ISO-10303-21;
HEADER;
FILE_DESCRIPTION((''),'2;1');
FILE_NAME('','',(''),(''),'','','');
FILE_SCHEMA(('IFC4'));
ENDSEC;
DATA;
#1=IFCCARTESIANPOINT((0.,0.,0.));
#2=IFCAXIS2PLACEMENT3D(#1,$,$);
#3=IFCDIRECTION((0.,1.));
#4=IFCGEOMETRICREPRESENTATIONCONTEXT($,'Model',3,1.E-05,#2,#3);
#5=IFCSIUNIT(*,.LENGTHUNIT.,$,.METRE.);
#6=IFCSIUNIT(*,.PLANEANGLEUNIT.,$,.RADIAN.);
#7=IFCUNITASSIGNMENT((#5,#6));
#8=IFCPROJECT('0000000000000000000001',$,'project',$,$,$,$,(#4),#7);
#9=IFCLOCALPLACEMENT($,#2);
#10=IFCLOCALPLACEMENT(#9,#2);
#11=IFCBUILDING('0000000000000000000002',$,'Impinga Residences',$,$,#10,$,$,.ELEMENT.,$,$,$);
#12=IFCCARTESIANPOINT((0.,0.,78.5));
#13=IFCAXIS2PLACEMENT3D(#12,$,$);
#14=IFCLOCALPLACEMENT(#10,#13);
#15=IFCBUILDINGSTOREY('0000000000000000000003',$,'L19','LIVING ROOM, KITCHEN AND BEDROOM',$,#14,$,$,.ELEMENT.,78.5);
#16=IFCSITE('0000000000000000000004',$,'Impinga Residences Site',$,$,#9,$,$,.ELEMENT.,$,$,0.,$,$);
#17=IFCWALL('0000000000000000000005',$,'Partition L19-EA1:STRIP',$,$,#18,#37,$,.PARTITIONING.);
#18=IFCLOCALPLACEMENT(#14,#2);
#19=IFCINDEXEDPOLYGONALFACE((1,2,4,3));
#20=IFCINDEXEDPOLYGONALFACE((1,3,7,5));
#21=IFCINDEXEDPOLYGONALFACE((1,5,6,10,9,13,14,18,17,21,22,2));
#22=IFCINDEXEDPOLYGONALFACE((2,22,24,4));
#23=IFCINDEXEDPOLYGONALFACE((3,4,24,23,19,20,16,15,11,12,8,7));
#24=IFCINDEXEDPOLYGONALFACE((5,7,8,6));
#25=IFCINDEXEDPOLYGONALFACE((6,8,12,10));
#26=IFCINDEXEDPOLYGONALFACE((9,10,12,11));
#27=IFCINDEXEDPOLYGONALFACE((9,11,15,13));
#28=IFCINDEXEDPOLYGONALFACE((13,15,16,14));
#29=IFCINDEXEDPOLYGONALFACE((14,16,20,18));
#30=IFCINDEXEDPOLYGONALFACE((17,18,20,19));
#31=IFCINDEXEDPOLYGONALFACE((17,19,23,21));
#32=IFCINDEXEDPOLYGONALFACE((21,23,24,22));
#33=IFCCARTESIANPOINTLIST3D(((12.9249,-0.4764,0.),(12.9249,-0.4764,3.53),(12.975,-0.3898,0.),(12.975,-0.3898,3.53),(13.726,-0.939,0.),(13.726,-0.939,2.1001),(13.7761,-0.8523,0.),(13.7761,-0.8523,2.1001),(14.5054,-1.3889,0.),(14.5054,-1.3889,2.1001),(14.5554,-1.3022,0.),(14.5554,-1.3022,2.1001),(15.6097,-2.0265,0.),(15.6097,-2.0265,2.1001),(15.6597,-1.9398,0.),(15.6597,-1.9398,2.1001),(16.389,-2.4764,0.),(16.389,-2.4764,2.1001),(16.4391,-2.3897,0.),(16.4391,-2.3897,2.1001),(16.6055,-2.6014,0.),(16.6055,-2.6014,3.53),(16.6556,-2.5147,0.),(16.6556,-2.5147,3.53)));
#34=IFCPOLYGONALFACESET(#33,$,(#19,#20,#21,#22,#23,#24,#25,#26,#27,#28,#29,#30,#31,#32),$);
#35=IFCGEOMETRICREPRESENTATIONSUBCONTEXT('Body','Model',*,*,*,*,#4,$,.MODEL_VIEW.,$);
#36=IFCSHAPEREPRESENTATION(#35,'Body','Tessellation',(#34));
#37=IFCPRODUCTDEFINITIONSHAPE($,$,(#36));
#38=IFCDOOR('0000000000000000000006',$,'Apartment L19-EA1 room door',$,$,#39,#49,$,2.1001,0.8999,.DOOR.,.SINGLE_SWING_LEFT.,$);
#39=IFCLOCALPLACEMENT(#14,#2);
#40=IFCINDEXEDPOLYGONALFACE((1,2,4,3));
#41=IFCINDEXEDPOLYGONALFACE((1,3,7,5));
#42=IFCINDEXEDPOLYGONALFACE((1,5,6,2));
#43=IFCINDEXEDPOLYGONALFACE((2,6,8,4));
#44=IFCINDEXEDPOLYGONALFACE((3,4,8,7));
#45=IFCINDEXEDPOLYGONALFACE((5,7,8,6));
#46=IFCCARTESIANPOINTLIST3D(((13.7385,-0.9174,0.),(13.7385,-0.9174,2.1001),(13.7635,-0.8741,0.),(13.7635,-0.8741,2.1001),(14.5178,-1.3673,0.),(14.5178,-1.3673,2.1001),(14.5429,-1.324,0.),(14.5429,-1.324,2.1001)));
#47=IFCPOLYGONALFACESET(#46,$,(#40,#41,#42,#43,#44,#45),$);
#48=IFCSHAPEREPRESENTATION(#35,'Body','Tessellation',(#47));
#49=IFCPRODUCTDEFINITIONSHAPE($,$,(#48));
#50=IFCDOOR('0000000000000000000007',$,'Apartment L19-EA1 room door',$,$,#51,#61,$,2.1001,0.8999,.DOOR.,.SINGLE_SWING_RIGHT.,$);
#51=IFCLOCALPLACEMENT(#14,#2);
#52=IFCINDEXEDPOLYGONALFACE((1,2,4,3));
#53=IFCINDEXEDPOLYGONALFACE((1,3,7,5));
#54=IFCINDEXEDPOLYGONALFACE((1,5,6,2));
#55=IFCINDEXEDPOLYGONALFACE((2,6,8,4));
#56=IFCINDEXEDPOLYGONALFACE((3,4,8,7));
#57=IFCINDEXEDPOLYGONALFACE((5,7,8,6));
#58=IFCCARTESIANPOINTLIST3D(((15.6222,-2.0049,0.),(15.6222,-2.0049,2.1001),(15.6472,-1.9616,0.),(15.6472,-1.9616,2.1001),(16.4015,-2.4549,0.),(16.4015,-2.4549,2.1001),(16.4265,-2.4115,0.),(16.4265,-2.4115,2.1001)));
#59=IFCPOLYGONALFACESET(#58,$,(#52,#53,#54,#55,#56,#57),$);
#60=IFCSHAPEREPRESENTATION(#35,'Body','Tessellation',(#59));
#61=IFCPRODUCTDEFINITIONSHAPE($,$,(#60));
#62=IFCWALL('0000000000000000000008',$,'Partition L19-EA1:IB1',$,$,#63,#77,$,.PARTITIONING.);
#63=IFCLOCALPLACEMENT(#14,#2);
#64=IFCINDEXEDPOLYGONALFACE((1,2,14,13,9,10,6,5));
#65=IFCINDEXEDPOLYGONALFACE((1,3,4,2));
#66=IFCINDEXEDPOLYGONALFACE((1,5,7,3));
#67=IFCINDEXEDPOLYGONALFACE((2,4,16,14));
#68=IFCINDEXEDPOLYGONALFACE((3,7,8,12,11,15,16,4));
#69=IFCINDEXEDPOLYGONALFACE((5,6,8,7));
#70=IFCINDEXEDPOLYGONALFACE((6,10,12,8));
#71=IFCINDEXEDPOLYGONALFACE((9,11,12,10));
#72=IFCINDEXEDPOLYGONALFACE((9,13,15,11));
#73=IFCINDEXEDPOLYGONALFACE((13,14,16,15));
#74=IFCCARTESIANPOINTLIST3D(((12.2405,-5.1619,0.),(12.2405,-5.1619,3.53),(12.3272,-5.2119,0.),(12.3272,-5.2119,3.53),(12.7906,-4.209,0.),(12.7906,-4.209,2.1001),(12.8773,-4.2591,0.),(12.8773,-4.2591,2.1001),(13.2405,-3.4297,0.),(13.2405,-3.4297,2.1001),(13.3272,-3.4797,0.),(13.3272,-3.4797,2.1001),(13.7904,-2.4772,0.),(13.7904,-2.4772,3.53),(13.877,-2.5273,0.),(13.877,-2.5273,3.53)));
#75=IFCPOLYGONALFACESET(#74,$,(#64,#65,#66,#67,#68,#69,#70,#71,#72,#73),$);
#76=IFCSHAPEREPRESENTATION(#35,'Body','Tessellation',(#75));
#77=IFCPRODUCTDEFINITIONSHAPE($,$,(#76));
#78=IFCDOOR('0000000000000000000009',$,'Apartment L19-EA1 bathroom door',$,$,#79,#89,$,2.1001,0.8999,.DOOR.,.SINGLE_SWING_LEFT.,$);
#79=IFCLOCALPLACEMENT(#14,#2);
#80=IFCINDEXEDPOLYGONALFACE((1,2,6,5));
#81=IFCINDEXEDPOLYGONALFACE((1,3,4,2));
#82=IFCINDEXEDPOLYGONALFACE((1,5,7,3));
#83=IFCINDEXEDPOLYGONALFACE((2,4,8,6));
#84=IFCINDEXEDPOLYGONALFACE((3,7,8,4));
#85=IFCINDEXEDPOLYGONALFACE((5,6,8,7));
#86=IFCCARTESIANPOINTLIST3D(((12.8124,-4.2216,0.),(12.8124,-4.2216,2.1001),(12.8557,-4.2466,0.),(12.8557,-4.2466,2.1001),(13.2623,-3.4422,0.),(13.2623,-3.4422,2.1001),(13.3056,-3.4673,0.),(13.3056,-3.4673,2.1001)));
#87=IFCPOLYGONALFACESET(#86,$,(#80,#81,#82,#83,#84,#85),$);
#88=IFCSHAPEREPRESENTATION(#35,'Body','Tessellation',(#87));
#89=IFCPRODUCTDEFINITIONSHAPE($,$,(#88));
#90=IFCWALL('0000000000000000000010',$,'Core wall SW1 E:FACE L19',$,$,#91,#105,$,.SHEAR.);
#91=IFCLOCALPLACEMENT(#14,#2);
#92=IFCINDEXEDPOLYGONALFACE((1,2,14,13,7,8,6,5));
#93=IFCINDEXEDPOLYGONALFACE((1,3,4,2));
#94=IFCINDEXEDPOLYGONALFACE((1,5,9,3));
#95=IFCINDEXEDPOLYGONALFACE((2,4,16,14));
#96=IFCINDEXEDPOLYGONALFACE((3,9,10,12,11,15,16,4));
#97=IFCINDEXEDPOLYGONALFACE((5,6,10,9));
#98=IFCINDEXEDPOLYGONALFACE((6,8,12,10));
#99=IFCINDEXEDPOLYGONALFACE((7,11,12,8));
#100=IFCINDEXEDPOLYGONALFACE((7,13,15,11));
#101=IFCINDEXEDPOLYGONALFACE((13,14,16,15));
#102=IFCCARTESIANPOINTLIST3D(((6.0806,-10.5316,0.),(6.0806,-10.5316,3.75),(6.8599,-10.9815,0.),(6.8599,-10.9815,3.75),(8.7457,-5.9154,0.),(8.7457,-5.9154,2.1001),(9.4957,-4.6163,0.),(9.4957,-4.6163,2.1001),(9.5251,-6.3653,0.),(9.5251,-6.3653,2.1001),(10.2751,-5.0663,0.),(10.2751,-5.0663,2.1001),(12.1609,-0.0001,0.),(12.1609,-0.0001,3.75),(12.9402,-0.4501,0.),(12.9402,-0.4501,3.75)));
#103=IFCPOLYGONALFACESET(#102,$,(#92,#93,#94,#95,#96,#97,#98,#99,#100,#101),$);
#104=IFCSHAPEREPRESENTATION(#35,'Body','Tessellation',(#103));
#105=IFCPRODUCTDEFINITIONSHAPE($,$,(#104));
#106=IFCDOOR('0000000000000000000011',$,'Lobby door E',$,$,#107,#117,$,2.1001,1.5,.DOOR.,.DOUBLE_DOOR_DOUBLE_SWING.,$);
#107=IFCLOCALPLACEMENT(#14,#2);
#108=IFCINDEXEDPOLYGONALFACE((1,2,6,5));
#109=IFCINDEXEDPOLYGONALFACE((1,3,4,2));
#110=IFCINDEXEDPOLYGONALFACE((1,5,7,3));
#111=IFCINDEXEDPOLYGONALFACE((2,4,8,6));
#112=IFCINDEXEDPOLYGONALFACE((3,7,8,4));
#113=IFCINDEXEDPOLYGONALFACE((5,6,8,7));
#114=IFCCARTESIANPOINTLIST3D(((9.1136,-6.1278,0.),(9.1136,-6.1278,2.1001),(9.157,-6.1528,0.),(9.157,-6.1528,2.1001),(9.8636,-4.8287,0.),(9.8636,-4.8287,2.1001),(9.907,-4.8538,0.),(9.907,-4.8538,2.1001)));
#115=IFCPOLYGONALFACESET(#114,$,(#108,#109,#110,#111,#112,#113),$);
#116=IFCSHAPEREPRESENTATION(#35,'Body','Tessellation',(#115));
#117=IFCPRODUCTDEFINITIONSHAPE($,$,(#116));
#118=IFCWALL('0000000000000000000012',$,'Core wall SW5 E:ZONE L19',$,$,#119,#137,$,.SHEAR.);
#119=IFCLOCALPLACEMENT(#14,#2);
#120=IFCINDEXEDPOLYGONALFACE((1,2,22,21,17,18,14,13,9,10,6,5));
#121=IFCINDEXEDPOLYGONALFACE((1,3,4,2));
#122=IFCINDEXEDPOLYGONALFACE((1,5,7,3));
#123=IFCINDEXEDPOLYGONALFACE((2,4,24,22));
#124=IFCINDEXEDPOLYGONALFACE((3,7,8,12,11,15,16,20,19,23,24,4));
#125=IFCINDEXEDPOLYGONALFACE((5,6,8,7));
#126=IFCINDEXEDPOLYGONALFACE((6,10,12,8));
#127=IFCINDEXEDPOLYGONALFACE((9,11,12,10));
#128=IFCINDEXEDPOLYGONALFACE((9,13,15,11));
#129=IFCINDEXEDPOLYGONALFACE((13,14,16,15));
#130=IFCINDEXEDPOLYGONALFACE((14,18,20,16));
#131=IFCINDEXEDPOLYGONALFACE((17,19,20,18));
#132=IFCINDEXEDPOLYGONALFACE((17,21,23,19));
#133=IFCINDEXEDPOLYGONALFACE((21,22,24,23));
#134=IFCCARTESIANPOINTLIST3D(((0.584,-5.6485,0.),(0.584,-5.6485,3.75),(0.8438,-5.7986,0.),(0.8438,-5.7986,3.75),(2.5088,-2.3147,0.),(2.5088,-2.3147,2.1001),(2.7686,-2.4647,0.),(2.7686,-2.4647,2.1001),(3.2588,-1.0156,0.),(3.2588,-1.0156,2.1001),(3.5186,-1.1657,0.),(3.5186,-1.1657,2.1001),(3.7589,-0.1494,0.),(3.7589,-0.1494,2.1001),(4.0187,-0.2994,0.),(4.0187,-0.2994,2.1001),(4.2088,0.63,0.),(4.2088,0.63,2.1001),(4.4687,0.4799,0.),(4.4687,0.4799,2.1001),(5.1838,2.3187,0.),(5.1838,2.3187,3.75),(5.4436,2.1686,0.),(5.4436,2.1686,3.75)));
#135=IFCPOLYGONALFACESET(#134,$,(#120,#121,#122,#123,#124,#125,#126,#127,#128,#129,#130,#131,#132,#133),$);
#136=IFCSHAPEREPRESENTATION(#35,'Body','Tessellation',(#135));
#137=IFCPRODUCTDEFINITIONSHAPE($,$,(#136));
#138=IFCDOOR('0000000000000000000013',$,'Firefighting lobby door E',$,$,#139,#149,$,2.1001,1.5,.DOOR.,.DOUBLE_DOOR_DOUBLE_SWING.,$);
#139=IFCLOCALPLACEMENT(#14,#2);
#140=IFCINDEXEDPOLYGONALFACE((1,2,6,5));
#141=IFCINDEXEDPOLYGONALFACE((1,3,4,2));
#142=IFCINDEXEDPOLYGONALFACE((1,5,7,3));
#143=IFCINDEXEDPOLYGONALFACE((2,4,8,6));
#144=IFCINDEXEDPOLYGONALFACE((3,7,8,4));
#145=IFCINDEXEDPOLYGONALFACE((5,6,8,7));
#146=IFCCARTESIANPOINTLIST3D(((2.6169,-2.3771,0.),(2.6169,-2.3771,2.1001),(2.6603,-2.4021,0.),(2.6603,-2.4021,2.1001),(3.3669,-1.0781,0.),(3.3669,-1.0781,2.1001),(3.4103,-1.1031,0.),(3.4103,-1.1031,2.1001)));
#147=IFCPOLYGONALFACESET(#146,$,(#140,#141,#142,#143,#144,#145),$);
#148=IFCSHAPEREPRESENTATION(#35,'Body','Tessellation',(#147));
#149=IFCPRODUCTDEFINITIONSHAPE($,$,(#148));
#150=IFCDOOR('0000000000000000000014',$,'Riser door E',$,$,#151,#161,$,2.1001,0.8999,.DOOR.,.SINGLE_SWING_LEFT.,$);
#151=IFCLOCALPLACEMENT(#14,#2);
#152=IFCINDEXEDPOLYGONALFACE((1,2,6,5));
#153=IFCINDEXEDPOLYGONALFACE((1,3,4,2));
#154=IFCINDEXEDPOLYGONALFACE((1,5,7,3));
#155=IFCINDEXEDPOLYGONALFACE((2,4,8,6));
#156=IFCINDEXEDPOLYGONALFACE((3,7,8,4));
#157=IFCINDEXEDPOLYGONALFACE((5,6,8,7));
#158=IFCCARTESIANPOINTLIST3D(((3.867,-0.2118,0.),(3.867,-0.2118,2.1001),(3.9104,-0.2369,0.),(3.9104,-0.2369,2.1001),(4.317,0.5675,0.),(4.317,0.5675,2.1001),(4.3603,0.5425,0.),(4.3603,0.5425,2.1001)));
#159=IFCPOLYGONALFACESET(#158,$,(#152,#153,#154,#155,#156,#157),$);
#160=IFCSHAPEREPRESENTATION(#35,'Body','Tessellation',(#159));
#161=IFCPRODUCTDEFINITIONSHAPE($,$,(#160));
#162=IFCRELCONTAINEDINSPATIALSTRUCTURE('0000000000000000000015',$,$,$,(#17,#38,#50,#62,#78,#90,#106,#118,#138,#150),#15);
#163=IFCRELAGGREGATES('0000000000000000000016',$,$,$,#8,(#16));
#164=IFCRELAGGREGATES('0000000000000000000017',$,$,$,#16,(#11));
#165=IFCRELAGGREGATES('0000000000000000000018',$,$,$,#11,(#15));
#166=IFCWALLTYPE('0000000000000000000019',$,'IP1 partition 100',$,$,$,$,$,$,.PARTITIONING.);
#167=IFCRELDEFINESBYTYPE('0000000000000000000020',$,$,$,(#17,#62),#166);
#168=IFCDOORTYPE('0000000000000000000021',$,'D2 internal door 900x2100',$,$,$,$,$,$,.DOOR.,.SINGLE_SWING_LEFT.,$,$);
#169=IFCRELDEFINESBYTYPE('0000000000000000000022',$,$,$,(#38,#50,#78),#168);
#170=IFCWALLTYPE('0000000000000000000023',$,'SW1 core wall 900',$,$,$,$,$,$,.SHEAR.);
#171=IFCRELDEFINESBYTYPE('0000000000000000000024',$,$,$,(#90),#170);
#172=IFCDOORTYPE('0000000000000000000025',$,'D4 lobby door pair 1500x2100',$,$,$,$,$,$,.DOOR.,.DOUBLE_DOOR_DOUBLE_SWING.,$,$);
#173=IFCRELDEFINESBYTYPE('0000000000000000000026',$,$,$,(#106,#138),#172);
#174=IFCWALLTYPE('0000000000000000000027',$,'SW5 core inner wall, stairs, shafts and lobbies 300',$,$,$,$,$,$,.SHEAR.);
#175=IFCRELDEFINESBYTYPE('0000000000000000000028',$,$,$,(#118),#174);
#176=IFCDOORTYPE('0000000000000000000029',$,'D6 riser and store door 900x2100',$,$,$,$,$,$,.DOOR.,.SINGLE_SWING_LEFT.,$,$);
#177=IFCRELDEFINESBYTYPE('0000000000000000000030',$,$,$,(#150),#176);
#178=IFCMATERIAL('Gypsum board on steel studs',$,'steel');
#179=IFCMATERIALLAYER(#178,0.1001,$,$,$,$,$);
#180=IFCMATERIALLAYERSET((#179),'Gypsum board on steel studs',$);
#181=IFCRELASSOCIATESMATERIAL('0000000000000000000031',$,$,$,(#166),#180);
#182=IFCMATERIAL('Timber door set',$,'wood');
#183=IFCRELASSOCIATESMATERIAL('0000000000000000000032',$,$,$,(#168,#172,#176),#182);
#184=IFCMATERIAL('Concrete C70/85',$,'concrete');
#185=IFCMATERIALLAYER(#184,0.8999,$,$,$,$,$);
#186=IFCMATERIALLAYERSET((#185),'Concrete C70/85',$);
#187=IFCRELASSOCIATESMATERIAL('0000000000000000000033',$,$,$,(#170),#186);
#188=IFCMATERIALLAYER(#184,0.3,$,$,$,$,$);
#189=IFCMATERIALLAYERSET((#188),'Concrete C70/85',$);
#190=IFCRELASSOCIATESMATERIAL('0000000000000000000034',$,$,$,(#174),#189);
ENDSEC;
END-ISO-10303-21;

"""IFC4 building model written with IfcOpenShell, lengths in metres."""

from ifc_helpers import new_model, si_unit, direction, frame, frame_2d, origin, place, context, subcontext, project, spatial, rectangle, extrude, material, layer, layer_set, type_object, element, fill, save


model = new_model("IFC4")

# Units and contexts
model_context = context("Model", 3, precision=1e-05, world=origin(), true_north=direction((0.0, 1.0)))
body_context = subcontext(model_context, "Body", "Model", "MODEL_VIEW")
ifc_project = project(units=[si_unit("LENGTHUNIT", "METRE"), si_unit("PLANEANGLEUNIT", "RADIAN")], contexts=[model_context])

# Site, building, storey
site_placement = place(None, origin())
site = spatial("IfcSite", under=ifc_project, at=site_placement, Name="Impinga Residences Site", CompositionType="ELEMENT", RefElevation=0.0)
building_placement = place(site_placement, origin())
building = spatial("IfcBuilding", under=site, at=building_placement, Name="Impinga Residences", CompositionType="ELEMENT")
storey_placement = place(building_placement, frame((0.0, 0.0, 78.5)))
storey = spatial("IfcBuildingStorey", under=building, at=storey_placement, Name="L19", Description="LIVING ROOM, KITCHEN AND BEDROOM", CompositionType="ELEMENT", Elevation=78.5)

# Shared definitions
ifc_material_1 = material(Name="Concrete C70/85", Category="concrete")
ifc_material_2 = material(Name="Timber door set", Category="wood")

# Shared definitions
ifc_material_3 = material(Name="Gypsum board on steel studs", Category="steel")
ifc_layer_1 = layer(ifc_material_3, 0.1001)
ifc_layer_set_1 = layer_set([ifc_layer_1], Name="Gypsum board on steel studs")
wall_type_1 = type_object("IfcWallType", Name="IP1 partition 100", PredefinedType="PARTITIONING", material=ifc_layer_set_1)

# Wall, openings, doors
wall_1_placement = place(storey_placement, frame((12.95, -0.4331, 0.0), z_axis=(0.0, 0.0, 1.0), x_axis=(0.866029, -0.499994, 0.0)))
wall_1 = element("IfcWall", 1, at=wall_1_placement, inside=storey, type_object=wall_type_1, Name="Partition L19-EA1:STRIP", PredefinedType="PARTITIONING", context=body_context, shape_type="SweptSolid", body=[
    extrude(rectangle(XDim=4.25, YDim=0.1001, at=frame_2d((2.125, 0.0))), origin(), (0.0, 0.0, 1.0), 3.53),
])
opening_1_placement = place(wall_1_placement, frame((0.925, 0.0, 0.0)))
opening_1 = element("IfcOpeningElement", 2, at=opening_1_placement, cuts=wall_1, PredefinedType="OPENING", context=body_context, shape_type="SweptSolid", body=[
    extrude(rectangle(XDim=0.8999, YDim=2.1001, at=frame_2d((0.45, 1.05))), frame((0.0, 0.0601, 0.0), z_axis=(0.0, -1.0, 0.0), x_axis=(1.0, 0.0, 0.0)), (0.0, 0.0, 1.0), 0.1201),
])
opening_2_placement = place(wall_1_placement, frame((3.1001, 0.0, 0.0)))
opening_2 = element("IfcOpeningElement", 3, at=opening_2_placement, cuts=wall_1, PredefinedType="OPENING", context=body_context, shape_type="SweptSolid", body=[
    extrude(rectangle(XDim=0.8999, YDim=2.1001, at=frame_2d((0.45, 1.05))), frame((0.0, 0.0601, 0.0), z_axis=(0.0, -1.0, 0.0), x_axis=(1.0, 0.0, 0.0)), (0.0, 0.0, 1.0), 0.1201),
])
door_type_1 = type_object("IfcDoorType", Name="D2 internal door 900x2100", OperationType="SINGLE_SWING_LEFT", PredefinedType="DOOR", material=ifc_material_2)
door_1_placement = place(opening_1_placement, origin())
door_1 = element("IfcDoor", 4, at=door_1_placement, inside=storey, type_object=door_type_1, Name="Apartment L19-EA1 room door", OperationType="SINGLE_SWING_LEFT", OverallHeight=2.1001, OverallWidth=0.8999, PredefinedType="DOOR", context=body_context, shape_type="SweptSolid", body=[
    extrude(rectangle(XDim=0.8999, YDim=2.1001, at=frame_2d((0.45, 1.05))), frame((0.0, 0.0249, 0.0), z_axis=(0.0, -1.0, 0.0), x_axis=(1.0, 0.0, 0.0)), (0.0, 0.0, 1.0), 0.05),
])
fill(opening_1, door_1)
door_2_placement = place(opening_2_placement, origin())
door_2 = element("IfcDoor", 5, at=door_2_placement, inside=storey, type_object=door_type_1, Name="Apartment L19-EA1 room door", OperationType="SINGLE_SWING_RIGHT", OverallHeight=2.1001, OverallWidth=0.8999, PredefinedType="DOOR", context=body_context, shape_type="SweptSolid", body=[
    extrude(rectangle(XDim=0.8999, YDim=2.1001, at=frame_2d((0.45, 1.05))), frame((0.0, 0.0249, 0.0), z_axis=(0.0, -1.0, 0.0), x_axis=(1.0, 0.0, 0.0)), (0.0, 0.0, 1.0), 0.05),
])
fill(opening_2, door_2)

# Walls, openings, doors
wall_2_placement = place(storey_placement, frame((12.2839, -5.1868, 0.0), z_axis=(0.0, 0.0, 1.0), x_axis=(0.499968, 0.866044, 0.0)))
wall_2 = element("IfcWall", 6, at=wall_2_placement, inside=storey, type_object=wall_type_1, Name="Partition L19-EA1:IB1", PredefinedType="PARTITIONING", context=body_context, shape_type="SweptSolid", body=[
    extrude(rectangle(XDim=3.0999, YDim=0.1001, at=frame_2d((1.5498, 0.0))), origin(), (0.0, 0.0, 1.0), 3.53),
])
opening_3_placement = place(wall_2_placement, frame((1.1001, 0.0, 0.0)))
opening_3 = element("IfcOpeningElement", 7, at=opening_3_placement, cuts=wall_2, PredefinedType="OPENING", context=body_context, shape_type="SweptSolid", body=[
    extrude(rectangle(XDim=0.8999, YDim=2.1001, at=frame_2d((0.45, 1.05))), frame((0.0, 0.0601, 0.0), z_axis=(0.0, -1.0, 0.0), x_axis=(1.0, 0.0, 0.0)), (0.0, 0.0, 1.0), 0.1201),
])
door_3_placement = place(opening_3_placement, origin())
door_3 = element("IfcDoor", 8, at=door_3_placement, inside=storey, type_object=door_type_1, Name="Apartment L19-EA1 bathroom door", OperationType="SINGLE_SWING_LEFT", OverallHeight=2.1001, OverallWidth=0.8999, PredefinedType="DOOR", context=body_context, shape_type="SweptSolid", body=[
    extrude(rectangle(XDim=0.8999, YDim=2.1001, at=frame_2d((0.45, 1.05))), frame((0.0, 0.0249, 0.0), z_axis=(0.0, -1.0, 0.0), x_axis=(1.0, 0.0, 0.0)), (0.0, 0.0, 1.0), 0.05),
])
fill(opening_3, door_3)
ifc_layer_2 = layer(ifc_material_1, 0.8999)
ifc_layer_set_2 = layer_set([ifc_layer_2], Name="Concrete C70/85")
wall_type_2 = type_object("IfcWallType", Name="SW1 core wall 900", PredefinedType="SHEAR", material=ifc_layer_set_2)
wall_3_placement = place(storey_placement, frame((12.5505, -0.2251, 0.0), z_axis=(0.0, 0.0, 1.0), x_axis=(-0.499998, -0.866027, 0.0)))
wall_3 = element("IfcWall", 9, at=wall_3_placement, inside=storey, type_object=wall_type_2, Name="Core wall SW1 E:FACE L19", PredefinedType="SHEAR", context=body_context, shape_type="SweptSolid", body=[
    extrude(rectangle(XDim=12.1606, YDim=0.8999, at=frame_2d((6.0803, 0.0))), origin(), (0.0, 0.0, 1.0), 3.75),
])
opening_4_placement = place(wall_3_placement, frame((5.3303, 0.0, 0.0)))
opening_4 = element("IfcOpeningElement", 10, at=opening_4_placement, cuts=wall_3, PredefinedType="OPENING", context=body_context, shape_type="SweptSolid", body=[
    extrude(rectangle(XDim=1.5, YDim=2.1001, at=frame_2d((0.75, 1.05))), frame((0.0, 0.46, 0.0), z_axis=(0.0, -1.0, 0.0), x_axis=(1.0, 0.0, 0.0)), (0.0, 0.0, 1.0), 0.9199),
])
door_type_2 = type_object("IfcDoorType", Name="D4 lobby door pair 1500x2100", OperationType="DOUBLE_DOOR_DOUBLE_SWING", PredefinedType="DOOR", material=ifc_material_2)
door_4_placement = place(opening_4_placement, origin())
door_4 = element("IfcDoor", 11, at=door_4_placement, inside=storey, type_object=door_type_2, Name="Lobby door E", OperationType="DOUBLE_DOOR_DOUBLE_SWING", OverallHeight=2.1001, OverallWidth=1.5, PredefinedType="DOOR", context=body_context, shape_type="SweptSolid", body=[
    extrude(rectangle(XDim=1.5, YDim=2.1001, at=frame_2d((0.75, 1.05))), frame((0.0, 0.0249, 0.0), z_axis=(0.0, -1.0, 0.0), x_axis=(1.0, 0.0, 0.0)), (0.0, 0.0, 1.0), 0.05),
])
fill(opening_4, door_4)

# Wall, openings, doors
ifc_layer_3 = layer(ifc_material_1, 0.3)
ifc_layer_set_3 = layer_set([ifc_layer_3], Name="Concrete C70/85")
wall_type_3 = type_object("IfcWallType", Name="SW5 core inner wall, stairs, shafts and lobbies 300", PredefinedType="SHEAR", material=ifc_layer_set_3)
wall_4_placement = place(storey_placement, frame((5.3137, 2.2437, 0.0), z_axis=(0.0, 0.0, 1.0), x_axis=(-0.499995, -0.866028, 0.0)))
wall_4 = element("IfcWall", 12, at=wall_4_placement, inside=storey, type_object=wall_type_3, Name="Core wall SW5 E:ZONE L19", PredefinedType="SHEAR", context=body_context, shape_type="SweptSolid", body=[
    extrude(rectangle(XDim=9.1997, YDim=0.3, at=frame_2d((4.5999, 0.0))), origin(), (0.0, 0.0, 1.0), 3.75),
])
opening_5_placement = place(wall_4_placement, frame((3.8501, 0.0, 0.0)))
opening_5 = element("IfcOpeningElement", 13, at=opening_5_placement, cuts=wall_4, PredefinedType="OPENING", context=body_context, shape_type="SweptSolid", body=[
    extrude(rectangle(XDim=1.5, YDim=2.1001, at=frame_2d((0.75, 1.05))), frame((0.0, 0.1599, 0.0), z_axis=(0.0, -1.0, 0.0), x_axis=(1.0, 0.0, 0.0)), (0.0, 0.0, 1.0), 0.3201),
])
opening_6_placement = place(wall_4_placement, frame((1.95, 0.0, 0.0)))
opening_6 = element("IfcOpeningElement", 14, at=opening_6_placement, cuts=wall_4, PredefinedType="OPENING", context=body_context, shape_type="SweptSolid", body=[
    extrude(rectangle(XDim=0.8999, YDim=2.1001, at=frame_2d((0.45, 1.05))), frame((0.0, 0.1599, 0.0), z_axis=(0.0, -1.0, 0.0), x_axis=(1.0, 0.0, 0.0)), (0.0, 0.0, 1.0), 0.3201),
])
door_5_placement = place(opening_5_placement, origin())
door_5 = element("IfcDoor", 15, at=door_5_placement, inside=storey, type_object=door_type_2, Name="Firefighting lobby door E", OperationType="DOUBLE_DOOR_DOUBLE_SWING", OverallHeight=2.1001, OverallWidth=1.5, PredefinedType="DOOR", context=body_context, shape_type="SweptSolid", body=[
    extrude(rectangle(XDim=1.5, YDim=2.1001, at=frame_2d((0.75, 1.05))), frame((0.0, 0.0249, 0.0), z_axis=(0.0, -1.0, 0.0), x_axis=(1.0, 0.0, 0.0)), (0.0, 0.0, 1.0), 0.05),
])
fill(opening_5, door_5)
door_type_3 = type_object("IfcDoorType", Name="D6 riser and store door 900x2100", OperationType="SINGLE_SWING_LEFT", PredefinedType="DOOR", material=ifc_material_2)
door_6_placement = place(opening_6_placement, origin())
door_6 = element("IfcDoor", 16, at=door_6_placement, inside=storey, type_object=door_type_3, Name="Riser door E", OperationType="SINGLE_SWING_LEFT", OverallHeight=2.1001, OverallWidth=0.8999, PredefinedType="DOOR", context=body_context, shape_type="SweptSolid", body=[
    extrude(rectangle(XDim=0.8999, YDim=2.1001, at=frame_2d((0.45, 1.05))), frame((0.0, 0.0249, 0.0), z_axis=(0.0, -1.0, 0.0), x_axis=(1.0, 0.0, 0.0)), (0.0, 0.0, 1.0), 0.05),
])
fill(opening_6, door_6)

save(model, "model.ifc")
